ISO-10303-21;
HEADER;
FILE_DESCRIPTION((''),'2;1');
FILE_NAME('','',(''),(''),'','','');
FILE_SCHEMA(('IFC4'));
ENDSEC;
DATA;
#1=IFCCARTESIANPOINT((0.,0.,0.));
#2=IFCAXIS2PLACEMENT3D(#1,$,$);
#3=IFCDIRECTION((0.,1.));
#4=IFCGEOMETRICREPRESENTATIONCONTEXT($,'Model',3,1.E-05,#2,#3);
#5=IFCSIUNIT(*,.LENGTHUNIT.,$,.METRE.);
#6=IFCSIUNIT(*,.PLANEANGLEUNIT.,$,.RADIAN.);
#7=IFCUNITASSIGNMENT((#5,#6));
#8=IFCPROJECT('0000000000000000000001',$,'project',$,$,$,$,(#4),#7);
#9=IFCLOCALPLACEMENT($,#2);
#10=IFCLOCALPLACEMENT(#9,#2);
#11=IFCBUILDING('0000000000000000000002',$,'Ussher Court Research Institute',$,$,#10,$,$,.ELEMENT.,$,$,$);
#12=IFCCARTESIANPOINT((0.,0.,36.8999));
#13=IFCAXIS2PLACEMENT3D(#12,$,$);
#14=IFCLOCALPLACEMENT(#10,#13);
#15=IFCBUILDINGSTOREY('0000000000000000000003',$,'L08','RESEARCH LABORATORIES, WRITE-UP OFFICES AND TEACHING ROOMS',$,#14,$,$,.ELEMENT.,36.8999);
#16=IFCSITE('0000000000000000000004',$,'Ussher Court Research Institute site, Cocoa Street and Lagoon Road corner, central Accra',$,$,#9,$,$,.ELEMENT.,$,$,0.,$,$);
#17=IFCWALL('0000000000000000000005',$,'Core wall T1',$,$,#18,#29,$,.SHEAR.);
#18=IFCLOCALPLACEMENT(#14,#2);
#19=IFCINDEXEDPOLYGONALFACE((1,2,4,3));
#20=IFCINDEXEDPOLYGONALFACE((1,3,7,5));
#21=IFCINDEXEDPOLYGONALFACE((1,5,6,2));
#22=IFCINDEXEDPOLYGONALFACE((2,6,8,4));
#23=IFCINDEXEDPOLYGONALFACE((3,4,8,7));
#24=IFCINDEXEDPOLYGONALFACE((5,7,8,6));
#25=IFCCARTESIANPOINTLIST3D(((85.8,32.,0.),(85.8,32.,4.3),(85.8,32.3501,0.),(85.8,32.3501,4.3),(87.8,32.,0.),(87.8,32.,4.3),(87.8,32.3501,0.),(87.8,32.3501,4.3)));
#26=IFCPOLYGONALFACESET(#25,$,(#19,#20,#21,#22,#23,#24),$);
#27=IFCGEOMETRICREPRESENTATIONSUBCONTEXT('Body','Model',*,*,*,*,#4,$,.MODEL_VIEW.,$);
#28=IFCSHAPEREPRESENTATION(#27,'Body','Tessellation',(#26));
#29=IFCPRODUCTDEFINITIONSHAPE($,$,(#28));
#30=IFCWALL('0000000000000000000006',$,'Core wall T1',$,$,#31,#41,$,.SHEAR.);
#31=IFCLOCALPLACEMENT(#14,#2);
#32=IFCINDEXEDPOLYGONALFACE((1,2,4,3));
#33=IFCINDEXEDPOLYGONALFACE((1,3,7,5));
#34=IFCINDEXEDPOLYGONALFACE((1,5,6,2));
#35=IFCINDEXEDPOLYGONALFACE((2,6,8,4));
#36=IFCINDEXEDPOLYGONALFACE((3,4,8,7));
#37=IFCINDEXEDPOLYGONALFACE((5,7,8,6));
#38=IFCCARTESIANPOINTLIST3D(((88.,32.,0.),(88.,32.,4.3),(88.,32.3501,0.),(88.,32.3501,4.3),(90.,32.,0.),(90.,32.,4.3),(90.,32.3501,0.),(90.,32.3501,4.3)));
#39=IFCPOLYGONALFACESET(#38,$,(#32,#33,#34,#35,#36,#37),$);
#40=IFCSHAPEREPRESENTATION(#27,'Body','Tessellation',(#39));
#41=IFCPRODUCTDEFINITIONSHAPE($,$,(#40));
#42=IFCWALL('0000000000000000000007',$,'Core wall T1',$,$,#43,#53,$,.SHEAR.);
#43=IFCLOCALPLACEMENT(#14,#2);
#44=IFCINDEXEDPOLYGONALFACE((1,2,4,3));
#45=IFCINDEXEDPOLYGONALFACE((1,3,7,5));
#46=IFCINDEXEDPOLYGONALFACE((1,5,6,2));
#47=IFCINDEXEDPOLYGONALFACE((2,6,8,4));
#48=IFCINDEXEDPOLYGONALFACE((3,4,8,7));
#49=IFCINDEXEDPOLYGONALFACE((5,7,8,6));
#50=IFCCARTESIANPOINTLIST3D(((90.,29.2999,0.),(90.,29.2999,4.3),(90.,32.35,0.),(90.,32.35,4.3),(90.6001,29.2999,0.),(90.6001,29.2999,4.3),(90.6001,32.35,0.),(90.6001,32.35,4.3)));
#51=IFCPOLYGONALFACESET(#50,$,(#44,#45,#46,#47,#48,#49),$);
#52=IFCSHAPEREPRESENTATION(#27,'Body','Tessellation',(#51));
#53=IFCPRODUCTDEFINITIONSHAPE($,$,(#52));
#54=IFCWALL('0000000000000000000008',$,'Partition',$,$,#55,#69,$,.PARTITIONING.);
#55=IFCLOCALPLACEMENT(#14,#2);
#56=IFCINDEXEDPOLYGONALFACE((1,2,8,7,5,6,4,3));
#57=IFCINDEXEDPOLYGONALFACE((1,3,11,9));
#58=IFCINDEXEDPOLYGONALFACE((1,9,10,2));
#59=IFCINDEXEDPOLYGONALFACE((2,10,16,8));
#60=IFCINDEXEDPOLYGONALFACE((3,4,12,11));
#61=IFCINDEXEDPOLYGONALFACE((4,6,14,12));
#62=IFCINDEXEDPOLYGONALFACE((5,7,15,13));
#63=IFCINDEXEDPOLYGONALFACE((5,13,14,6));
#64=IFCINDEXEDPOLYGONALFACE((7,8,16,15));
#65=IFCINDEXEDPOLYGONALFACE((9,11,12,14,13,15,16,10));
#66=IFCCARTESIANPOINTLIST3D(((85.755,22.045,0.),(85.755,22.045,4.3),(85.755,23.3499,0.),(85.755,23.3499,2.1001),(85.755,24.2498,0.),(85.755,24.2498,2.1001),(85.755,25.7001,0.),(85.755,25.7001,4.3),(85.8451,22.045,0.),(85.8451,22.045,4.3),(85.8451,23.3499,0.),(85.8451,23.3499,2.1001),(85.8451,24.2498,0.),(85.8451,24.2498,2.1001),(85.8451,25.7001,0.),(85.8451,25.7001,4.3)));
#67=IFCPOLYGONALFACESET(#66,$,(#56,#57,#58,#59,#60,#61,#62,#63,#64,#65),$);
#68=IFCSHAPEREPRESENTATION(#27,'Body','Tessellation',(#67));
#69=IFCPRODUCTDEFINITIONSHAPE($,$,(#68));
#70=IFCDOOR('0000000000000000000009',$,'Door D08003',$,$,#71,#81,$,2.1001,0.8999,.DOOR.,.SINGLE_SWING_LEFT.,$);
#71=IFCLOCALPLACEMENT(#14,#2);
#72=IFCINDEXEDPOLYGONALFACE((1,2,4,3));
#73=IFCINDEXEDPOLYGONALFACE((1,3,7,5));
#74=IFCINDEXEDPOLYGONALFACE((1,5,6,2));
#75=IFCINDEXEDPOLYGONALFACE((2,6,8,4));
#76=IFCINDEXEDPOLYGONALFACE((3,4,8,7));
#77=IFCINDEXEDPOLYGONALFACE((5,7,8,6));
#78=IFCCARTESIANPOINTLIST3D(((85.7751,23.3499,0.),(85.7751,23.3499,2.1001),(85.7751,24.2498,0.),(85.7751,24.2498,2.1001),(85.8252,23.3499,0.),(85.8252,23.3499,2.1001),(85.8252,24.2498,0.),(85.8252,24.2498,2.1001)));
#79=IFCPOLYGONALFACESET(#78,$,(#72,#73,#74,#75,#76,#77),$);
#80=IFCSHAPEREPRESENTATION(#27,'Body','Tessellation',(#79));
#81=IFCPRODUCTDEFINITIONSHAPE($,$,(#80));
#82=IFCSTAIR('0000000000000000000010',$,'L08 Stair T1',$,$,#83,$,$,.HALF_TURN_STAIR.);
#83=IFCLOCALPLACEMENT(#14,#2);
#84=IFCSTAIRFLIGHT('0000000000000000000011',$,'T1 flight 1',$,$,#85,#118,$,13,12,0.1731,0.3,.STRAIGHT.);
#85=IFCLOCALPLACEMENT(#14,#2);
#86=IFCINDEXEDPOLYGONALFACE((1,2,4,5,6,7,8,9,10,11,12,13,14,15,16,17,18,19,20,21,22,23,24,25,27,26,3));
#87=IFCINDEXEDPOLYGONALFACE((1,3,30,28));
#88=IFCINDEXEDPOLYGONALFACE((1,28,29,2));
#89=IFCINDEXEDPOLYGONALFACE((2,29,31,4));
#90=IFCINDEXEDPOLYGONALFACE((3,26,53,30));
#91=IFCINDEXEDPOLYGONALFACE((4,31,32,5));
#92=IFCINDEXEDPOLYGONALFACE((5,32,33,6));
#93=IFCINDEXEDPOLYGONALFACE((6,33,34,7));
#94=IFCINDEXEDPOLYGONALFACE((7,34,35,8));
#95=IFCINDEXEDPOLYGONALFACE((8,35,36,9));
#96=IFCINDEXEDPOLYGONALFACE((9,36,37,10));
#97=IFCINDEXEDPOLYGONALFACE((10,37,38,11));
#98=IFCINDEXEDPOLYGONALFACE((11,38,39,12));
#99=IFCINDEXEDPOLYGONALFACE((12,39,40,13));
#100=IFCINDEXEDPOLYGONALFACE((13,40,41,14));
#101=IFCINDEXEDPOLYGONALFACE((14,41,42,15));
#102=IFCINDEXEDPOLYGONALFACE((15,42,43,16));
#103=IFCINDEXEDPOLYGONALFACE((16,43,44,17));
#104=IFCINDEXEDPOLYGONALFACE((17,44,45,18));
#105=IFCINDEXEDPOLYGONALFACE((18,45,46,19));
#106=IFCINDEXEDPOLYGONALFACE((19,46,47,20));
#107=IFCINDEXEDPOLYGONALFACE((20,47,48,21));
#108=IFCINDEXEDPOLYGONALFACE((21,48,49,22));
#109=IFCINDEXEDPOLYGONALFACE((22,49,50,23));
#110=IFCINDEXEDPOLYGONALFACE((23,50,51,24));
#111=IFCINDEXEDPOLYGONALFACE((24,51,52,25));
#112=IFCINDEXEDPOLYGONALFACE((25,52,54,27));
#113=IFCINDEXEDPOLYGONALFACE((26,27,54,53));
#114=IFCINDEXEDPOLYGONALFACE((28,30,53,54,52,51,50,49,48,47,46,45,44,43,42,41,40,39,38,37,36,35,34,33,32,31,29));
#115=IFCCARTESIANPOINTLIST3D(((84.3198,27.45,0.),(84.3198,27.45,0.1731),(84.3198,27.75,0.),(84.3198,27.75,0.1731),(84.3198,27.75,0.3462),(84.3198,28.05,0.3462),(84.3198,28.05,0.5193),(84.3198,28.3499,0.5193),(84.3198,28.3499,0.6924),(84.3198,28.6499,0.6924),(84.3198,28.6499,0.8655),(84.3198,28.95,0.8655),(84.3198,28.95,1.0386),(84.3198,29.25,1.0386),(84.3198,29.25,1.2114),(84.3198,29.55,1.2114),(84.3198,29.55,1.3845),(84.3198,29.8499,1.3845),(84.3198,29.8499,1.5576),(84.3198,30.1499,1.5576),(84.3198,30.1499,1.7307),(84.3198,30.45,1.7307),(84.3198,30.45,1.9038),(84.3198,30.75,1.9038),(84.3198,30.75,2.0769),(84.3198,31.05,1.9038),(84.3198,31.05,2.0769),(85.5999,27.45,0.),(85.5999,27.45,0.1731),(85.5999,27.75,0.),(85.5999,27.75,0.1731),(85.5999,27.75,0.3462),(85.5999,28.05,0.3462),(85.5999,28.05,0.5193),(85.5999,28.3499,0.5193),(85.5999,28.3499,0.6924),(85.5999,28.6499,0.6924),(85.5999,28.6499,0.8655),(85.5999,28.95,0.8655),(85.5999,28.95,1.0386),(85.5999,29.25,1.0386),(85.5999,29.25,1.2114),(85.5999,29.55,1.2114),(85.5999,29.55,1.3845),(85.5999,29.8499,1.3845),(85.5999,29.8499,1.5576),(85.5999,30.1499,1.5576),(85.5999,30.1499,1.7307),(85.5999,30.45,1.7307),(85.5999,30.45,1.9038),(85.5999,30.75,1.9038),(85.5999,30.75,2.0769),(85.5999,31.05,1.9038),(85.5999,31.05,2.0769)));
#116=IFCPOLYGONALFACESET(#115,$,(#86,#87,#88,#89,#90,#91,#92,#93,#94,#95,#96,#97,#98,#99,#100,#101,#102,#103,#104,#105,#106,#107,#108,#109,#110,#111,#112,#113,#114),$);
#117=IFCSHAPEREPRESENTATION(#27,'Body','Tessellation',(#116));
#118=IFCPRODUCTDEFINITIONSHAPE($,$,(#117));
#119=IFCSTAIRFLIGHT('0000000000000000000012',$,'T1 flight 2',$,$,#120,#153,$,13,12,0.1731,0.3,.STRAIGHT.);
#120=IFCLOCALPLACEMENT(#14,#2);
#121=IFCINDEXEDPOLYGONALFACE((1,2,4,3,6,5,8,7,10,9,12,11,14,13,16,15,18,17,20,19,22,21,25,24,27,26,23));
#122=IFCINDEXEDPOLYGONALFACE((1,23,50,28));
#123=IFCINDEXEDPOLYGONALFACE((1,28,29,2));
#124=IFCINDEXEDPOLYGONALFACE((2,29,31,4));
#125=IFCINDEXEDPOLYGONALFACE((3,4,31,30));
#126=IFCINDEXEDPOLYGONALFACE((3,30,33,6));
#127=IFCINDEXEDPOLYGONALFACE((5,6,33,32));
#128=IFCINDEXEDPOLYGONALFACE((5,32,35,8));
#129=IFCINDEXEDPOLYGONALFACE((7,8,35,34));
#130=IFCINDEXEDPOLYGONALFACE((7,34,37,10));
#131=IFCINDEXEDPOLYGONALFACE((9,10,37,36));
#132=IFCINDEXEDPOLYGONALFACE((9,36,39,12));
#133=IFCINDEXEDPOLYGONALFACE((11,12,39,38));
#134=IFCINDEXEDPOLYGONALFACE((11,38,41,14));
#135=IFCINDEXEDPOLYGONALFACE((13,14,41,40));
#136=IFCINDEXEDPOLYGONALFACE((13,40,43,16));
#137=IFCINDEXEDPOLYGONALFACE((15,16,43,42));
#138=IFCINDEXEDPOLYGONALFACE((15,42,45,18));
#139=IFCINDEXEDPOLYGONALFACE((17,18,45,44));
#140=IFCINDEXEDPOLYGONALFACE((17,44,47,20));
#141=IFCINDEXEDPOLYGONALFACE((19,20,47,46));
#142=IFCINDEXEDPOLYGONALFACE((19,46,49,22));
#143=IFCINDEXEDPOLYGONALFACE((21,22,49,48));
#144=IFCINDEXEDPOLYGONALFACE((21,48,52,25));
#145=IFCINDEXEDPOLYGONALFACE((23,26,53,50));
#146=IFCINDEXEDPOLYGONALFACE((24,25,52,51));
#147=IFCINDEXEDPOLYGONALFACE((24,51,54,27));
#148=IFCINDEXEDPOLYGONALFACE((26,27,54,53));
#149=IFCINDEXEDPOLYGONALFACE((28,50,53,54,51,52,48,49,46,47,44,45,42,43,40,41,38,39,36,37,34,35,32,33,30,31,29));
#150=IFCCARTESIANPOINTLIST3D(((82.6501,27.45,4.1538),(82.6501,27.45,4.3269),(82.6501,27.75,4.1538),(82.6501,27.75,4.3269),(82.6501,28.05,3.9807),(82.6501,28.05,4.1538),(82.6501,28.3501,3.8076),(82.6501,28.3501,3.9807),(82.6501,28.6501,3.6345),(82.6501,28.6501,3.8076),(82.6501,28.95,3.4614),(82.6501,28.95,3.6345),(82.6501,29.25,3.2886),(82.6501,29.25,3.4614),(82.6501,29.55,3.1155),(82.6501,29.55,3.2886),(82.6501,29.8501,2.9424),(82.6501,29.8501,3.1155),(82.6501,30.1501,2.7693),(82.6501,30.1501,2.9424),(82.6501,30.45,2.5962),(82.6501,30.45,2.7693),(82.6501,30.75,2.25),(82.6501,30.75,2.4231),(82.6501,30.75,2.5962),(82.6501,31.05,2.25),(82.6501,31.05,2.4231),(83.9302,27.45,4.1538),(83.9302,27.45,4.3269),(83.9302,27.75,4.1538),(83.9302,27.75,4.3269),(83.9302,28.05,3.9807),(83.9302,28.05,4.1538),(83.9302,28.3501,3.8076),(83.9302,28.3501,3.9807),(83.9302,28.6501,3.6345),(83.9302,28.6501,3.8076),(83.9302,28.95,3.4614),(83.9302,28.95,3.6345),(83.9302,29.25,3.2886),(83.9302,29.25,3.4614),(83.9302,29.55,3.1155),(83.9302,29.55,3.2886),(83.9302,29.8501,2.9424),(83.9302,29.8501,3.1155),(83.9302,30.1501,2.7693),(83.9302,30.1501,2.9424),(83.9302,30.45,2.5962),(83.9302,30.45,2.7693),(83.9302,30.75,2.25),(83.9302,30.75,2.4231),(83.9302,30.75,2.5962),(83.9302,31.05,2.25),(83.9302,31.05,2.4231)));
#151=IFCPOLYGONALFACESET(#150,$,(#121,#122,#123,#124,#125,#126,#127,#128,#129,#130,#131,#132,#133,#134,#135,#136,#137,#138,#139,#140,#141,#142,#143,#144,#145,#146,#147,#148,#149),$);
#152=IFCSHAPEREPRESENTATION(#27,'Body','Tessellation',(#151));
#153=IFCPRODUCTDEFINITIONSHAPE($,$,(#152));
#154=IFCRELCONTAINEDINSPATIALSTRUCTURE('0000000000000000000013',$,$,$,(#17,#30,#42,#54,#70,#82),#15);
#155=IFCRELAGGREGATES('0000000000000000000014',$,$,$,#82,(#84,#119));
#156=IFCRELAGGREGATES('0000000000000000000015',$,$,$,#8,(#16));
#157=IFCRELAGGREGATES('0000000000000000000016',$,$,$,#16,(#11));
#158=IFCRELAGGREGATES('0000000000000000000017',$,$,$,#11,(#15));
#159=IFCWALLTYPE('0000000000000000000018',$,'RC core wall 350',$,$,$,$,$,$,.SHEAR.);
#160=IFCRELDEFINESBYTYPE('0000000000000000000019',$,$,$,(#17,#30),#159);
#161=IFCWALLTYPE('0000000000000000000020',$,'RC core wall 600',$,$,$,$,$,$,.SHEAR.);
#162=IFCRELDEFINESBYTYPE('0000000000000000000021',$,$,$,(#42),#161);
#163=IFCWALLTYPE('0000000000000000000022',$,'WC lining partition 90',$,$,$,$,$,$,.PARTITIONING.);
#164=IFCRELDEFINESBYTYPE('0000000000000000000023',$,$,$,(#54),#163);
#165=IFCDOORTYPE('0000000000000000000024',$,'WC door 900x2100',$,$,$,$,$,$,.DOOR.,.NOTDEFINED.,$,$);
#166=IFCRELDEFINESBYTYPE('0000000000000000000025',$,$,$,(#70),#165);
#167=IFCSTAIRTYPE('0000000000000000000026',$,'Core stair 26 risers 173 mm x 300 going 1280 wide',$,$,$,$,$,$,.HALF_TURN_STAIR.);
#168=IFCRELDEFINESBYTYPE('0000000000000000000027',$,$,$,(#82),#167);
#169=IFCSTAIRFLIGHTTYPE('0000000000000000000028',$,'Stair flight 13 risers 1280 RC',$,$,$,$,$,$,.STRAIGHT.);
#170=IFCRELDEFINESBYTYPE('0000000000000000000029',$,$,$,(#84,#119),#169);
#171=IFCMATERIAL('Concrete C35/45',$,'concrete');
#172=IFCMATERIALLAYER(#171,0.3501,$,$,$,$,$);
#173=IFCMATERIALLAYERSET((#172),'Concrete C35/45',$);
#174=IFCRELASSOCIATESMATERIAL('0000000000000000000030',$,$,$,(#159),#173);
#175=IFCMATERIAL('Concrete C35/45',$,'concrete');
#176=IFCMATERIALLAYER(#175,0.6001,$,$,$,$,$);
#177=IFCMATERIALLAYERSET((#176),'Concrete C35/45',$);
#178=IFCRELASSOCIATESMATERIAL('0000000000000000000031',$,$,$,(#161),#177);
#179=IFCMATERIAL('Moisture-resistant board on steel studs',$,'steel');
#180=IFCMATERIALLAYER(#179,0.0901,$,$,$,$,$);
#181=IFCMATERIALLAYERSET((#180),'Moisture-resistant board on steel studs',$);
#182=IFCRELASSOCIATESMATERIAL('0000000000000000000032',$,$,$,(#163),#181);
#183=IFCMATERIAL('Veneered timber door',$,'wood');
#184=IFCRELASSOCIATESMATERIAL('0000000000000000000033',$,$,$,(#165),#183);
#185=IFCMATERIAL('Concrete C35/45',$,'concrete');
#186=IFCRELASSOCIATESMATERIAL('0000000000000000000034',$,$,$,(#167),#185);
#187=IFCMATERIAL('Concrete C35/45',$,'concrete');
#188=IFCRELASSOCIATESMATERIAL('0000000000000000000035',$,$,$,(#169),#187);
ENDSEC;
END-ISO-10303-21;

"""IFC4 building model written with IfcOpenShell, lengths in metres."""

from ifc_helpers import new_model, si_unit, direction, frame, frame_2d, origin, place, context, subcontext, project, spatial, polyline, rectangle, outline, extrude, material, layer, layer_set, type_object, element, fill, aggregate, save


model = new_model("IFC4")

# Units and contexts
model_context = context("Model", 3, precision=1e-05, world=origin(), true_north=direction((0.0, 1.0)))
body_context = subcontext(model_context, "Body", "Model", "MODEL_VIEW")
ifc_project = project(units=[si_unit("LENGTHUNIT", "METRE"), si_unit("PLANEANGLEUNIT", "RADIAN")], contexts=[model_context])

# Site, building, storey
site_placement = place(None, origin())
site = spatial("IfcSite", under=ifc_project, at=site_placement, Name="Ussher Court Research Institute site, Cocoa Street and Lagoon Road corner, central Accra", CompositionType="ELEMENT", RefElevation=0.0)
building_placement = place(site_placement, origin())
building = spatial("IfcBuilding", under=site, at=building_placement, Name="Ussher Court Research Institute", CompositionType="ELEMENT")
storey_placement = place(building_placement, frame((0.0, 0.0, 36.8999)))
storey = spatial("IfcBuildingStorey", under=building, at=storey_placement, Name="L08", Description="RESEARCH LABORATORIES, WRITE-UP OFFICES AND TEACHING ROOMS", CompositionType="ELEMENT", Elevation=36.8999)

# Shared definitions
ifc_material_1 = material(Name="Concrete C35/45", Category="concrete")
ifc_layer_1 = layer(ifc_material_1, 0.3501)
ifc_layer_set_1 = layer_set([ifc_layer_1], Name="Concrete C35/45")
wall_type_1 = type_object("IfcWallType", Name="RC core wall 350", PredefinedType="SHEAR", material=ifc_layer_set_1)

# Walls
for number, where, z_axis, x_axis, name in (
    (1, (85.8, 32.175, 0.0), (0.0, 0.0, 1.0), (1.0, 0.0, 0.0), "Core wall T1"),
    (2, (88.0, 32.175, 0.0), (0.0, 0.0, 1.0), (1.0, 0.0, 0.0), "Core wall T1"),
):
    element("IfcWall", number, at=place(storey_placement, frame(where, z_axis=z_axis, x_axis=x_axis)), inside=storey, type_object=wall_type_1, Name=name, PredefinedType="SHEAR", context=body_context, shape_type="SweptSolid", body=[
        extrude(rectangle(XDim=2.0, YDim=0.3501, at=frame_2d((1.0, 0.0))), origin(), (0.0, 0.0, 1.0), 4.3),
    ])
ifc_material_2 = material(Name="Concrete C35/45", Category="concrete")
ifc_layer_2 = layer(ifc_material_2, 0.6001)
ifc_layer_set_2 = layer_set([ifc_layer_2], Name="Concrete C35/45")
wall_type_2 = type_object("IfcWallType", Name="RC core wall 600", PredefinedType="SHEAR", material=ifc_layer_set_2)
wall_1_placement = place(storey_placement, frame((90.3, 29.3, 0.0), z_axis=(0.0, 0.0, 1.0), x_axis=(0.0, 1.0, 0.0)))
element("IfcWall", 3, at=wall_1_placement, inside=storey, type_object=wall_type_2, Name="Core wall T1", PredefinedType="SHEAR", context=body_context, shape_type="SweptSolid", body=[
    extrude(rectangle(XDim=3.05, YDim=0.6001, at=frame_2d((1.5249, 0.0))), origin(), (0.0, 0.0, 1.0), 4.3),
])

# Wall, opening, door
ifc_material_3 = material(Name="Moisture-resistant board on steel studs", Category="steel")
ifc_layer_3 = layer(ifc_material_3, 0.0901)
ifc_layer_set_3 = layer_set([ifc_layer_3], Name="Moisture-resistant board on steel studs")
wall_type_3 = type_object("IfcWallType", Name="WC lining partition 90", PredefinedType="PARTITIONING", material=ifc_layer_set_3)
wall_2_placement = place(storey_placement, frame((85.8, 22.0449, 0.0), z_axis=(0.0, 0.0, 1.0), x_axis=(0.0, 1.0, 0.0)))
wall_2 = element("IfcWall", 4, at=wall_2_placement, inside=storey, type_object=wall_type_3, Name="Partition", PredefinedType="PARTITIONING", context=body_context, shape_type="SweptSolid", body=[
    extrude(rectangle(XDim=3.655, YDim=0.0901, at=frame_2d((1.8276, 0.0))), origin(), (0.0, 0.0, 1.0), 4.3),
])
opening_1_placement = place(wall_2_placement, frame((1.3049, 0.0, 0.0)))
opening_1 = element("IfcOpeningElement", 5, at=opening_1_placement, cuts=wall_2, PredefinedType="OPENING", context=body_context, shape_type="SweptSolid", body=[
    extrude(rectangle(XDim=0.8999, YDim=2.1001, at=frame_2d((0.45, 1.05))), frame((0.0, 0.0552, 0.0), z_axis=(0.0, -1.0, 0.0), x_axis=(1.0, 0.0, 0.0)), (0.0, 0.0, 1.0), 0.1101),
])
ifc_material_4 = material(Name="Veneered timber door", Category="wood")
door_type_1 = type_object("IfcDoorType", Name="WC door 900x2100", OperationType="NOTDEFINED", PredefinedType="DOOR", material=ifc_material_4)
door_1_placement = place(opening_1_placement, origin())
door_1 = element("IfcDoor", 6, at=door_1_placement, inside=storey, type_object=door_type_1, Name="Door D08003", OperationType="SINGLE_SWING_LEFT", OverallHeight=2.1001, OverallWidth=0.8999, PredefinedType="DOOR", context=body_context, shape_type="SweptSolid", body=[
    extrude(rectangle(XDim=0.8999, YDim=2.1001, at=frame_2d((0.45, 1.05))), frame((0.0, 0.0249, 0.0), z_axis=(0.0, -1.0, 0.0), x_axis=(1.0, 0.0, 0.0)), (0.0, 0.0, 1.0), 0.05),
])
fill(opening_1, door_1)

# Stair, stair flights
ifc_material_5 = material(Name="Concrete C35/45", Category="concrete")
stair_type = type_object("IfcStairType", Name="Core stair 26 risers 173 mm x 300 going 1280 wide", PredefinedType="HALF_TURN_STAIR", material=ifc_material_5)
stair_placement = place(storey_placement, origin())
stair = element("IfcStair", 7, at=stair_placement, inside=storey, type_object=stair_type, Name="L08 Stair T1", PredefinedType="HALF_TURN_STAIR")
ifc_material_6 = material(Name="Concrete C35/45", Category="concrete")
stair_flight_type = type_object("IfcStairFlightType", Name="Stair flight 13 risers 1280 RC", PredefinedType="STRAIGHT", material=ifc_material_6)
stair_flight_1_placement = place(storey_placement, frame((84.96, 27.45, 0.0), z_axis=(0.0, 0.0, 1.0), x_axis=(0.0, 1.0, 0.0)))
stair_flight_1 = element("IfcStairFlight", 8, at=stair_flight_1_placement, type_object=stair_flight_type, Name="T1 flight 1", NumberOfRisers=13, NumberOfTreads=12, PredefinedType="STRAIGHT", RiserHeight=0.1731, TreadLength=0.3, context=body_context, shape_type="SweptSolid", body=[
    extrude(outline(polyline([(0.0, 0.0), (0.0, 0.1731), (0.3, 0.1731), (0.3, 0.3462), (0.6001, 0.3462), (0.6001, 0.5193), (0.8999, 0.5193), (0.8999, 0.6924), (1.2, 0.6924), (1.2, 0.8655), (1.5, 0.8655), (1.5, 1.0386), (1.8, 1.0386), (1.8, 1.2114), (2.1001, 1.2114), (2.1001, 1.3845), (2.3999, 1.3845), (2.3999, 1.5576), (2.7, 1.5576), (2.7, 1.7307), (3.0, 1.7307), (3.0, 1.9038), (3.3, 1.9038), (3.3, 2.0769), (3.6001, 2.0769), (3.6001, 2.25), (3.6001, 1.9038), (0.3, 0.0), (0.0, 0.0)])), frame((0.0, 0.6401, 0.0), z_axis=(0.0, -1.0, 0.0), x_axis=(1.0, 0.0, 0.0)), (0.0, 0.0, 1.0), 1.28),
])
stair_flight_2_placement = place(storey_placement, frame((83.29, 31.05, 2.25), z_axis=(0.0, 0.0, 1.0), x_axis=(0.0, -1.0, 0.0)))
stair_flight_2 = element("IfcStairFlight", 9, at=stair_flight_2_placement, type_object=stair_flight_type, Name="T1 flight 2", NumberOfRisers=13, NumberOfTreads=12, PredefinedType="STRAIGHT", RiserHeight=0.1731, TreadLength=0.3, context=body_context, shape_type="SweptSolid", body=[
    extrude(outline(polyline([(0.0, 0.0), (0.0, 0.1731), (0.3, 0.1731), (0.3, 0.3462), (0.6001, 0.3462), (0.6001, 0.5193), (0.8999, 0.5193), (0.8999, 0.6924), (1.2, 0.6924), (1.2, 0.8655), (1.5, 0.8655), (1.5, 1.0386), (1.8, 1.0386), (1.8, 1.2114), (2.1001, 1.2114), (2.1001, 1.3845), (2.3999, 1.3845), (2.3999, 1.5576), (2.7, 1.5576), (2.7, 1.7307), (3.0, 1.7307), (3.0, 1.9038), (3.3, 1.9038), (3.3, 2.0769), (3.6001, 2.0769), (3.6001, 2.25), (3.6001, 1.9038), (0.3, 0.0), (0.0, 0.0)])), frame((0.0, 0.6401, 0.0), z_axis=(0.0, -1.0, 0.0), x_axis=(1.0, 0.0, 0.0)), (0.0, 0.0, 1.0), 1.28),
])
aggregate(stair, [stair_flight_1, stair_flight_2])

save(model, "model.ifc")
